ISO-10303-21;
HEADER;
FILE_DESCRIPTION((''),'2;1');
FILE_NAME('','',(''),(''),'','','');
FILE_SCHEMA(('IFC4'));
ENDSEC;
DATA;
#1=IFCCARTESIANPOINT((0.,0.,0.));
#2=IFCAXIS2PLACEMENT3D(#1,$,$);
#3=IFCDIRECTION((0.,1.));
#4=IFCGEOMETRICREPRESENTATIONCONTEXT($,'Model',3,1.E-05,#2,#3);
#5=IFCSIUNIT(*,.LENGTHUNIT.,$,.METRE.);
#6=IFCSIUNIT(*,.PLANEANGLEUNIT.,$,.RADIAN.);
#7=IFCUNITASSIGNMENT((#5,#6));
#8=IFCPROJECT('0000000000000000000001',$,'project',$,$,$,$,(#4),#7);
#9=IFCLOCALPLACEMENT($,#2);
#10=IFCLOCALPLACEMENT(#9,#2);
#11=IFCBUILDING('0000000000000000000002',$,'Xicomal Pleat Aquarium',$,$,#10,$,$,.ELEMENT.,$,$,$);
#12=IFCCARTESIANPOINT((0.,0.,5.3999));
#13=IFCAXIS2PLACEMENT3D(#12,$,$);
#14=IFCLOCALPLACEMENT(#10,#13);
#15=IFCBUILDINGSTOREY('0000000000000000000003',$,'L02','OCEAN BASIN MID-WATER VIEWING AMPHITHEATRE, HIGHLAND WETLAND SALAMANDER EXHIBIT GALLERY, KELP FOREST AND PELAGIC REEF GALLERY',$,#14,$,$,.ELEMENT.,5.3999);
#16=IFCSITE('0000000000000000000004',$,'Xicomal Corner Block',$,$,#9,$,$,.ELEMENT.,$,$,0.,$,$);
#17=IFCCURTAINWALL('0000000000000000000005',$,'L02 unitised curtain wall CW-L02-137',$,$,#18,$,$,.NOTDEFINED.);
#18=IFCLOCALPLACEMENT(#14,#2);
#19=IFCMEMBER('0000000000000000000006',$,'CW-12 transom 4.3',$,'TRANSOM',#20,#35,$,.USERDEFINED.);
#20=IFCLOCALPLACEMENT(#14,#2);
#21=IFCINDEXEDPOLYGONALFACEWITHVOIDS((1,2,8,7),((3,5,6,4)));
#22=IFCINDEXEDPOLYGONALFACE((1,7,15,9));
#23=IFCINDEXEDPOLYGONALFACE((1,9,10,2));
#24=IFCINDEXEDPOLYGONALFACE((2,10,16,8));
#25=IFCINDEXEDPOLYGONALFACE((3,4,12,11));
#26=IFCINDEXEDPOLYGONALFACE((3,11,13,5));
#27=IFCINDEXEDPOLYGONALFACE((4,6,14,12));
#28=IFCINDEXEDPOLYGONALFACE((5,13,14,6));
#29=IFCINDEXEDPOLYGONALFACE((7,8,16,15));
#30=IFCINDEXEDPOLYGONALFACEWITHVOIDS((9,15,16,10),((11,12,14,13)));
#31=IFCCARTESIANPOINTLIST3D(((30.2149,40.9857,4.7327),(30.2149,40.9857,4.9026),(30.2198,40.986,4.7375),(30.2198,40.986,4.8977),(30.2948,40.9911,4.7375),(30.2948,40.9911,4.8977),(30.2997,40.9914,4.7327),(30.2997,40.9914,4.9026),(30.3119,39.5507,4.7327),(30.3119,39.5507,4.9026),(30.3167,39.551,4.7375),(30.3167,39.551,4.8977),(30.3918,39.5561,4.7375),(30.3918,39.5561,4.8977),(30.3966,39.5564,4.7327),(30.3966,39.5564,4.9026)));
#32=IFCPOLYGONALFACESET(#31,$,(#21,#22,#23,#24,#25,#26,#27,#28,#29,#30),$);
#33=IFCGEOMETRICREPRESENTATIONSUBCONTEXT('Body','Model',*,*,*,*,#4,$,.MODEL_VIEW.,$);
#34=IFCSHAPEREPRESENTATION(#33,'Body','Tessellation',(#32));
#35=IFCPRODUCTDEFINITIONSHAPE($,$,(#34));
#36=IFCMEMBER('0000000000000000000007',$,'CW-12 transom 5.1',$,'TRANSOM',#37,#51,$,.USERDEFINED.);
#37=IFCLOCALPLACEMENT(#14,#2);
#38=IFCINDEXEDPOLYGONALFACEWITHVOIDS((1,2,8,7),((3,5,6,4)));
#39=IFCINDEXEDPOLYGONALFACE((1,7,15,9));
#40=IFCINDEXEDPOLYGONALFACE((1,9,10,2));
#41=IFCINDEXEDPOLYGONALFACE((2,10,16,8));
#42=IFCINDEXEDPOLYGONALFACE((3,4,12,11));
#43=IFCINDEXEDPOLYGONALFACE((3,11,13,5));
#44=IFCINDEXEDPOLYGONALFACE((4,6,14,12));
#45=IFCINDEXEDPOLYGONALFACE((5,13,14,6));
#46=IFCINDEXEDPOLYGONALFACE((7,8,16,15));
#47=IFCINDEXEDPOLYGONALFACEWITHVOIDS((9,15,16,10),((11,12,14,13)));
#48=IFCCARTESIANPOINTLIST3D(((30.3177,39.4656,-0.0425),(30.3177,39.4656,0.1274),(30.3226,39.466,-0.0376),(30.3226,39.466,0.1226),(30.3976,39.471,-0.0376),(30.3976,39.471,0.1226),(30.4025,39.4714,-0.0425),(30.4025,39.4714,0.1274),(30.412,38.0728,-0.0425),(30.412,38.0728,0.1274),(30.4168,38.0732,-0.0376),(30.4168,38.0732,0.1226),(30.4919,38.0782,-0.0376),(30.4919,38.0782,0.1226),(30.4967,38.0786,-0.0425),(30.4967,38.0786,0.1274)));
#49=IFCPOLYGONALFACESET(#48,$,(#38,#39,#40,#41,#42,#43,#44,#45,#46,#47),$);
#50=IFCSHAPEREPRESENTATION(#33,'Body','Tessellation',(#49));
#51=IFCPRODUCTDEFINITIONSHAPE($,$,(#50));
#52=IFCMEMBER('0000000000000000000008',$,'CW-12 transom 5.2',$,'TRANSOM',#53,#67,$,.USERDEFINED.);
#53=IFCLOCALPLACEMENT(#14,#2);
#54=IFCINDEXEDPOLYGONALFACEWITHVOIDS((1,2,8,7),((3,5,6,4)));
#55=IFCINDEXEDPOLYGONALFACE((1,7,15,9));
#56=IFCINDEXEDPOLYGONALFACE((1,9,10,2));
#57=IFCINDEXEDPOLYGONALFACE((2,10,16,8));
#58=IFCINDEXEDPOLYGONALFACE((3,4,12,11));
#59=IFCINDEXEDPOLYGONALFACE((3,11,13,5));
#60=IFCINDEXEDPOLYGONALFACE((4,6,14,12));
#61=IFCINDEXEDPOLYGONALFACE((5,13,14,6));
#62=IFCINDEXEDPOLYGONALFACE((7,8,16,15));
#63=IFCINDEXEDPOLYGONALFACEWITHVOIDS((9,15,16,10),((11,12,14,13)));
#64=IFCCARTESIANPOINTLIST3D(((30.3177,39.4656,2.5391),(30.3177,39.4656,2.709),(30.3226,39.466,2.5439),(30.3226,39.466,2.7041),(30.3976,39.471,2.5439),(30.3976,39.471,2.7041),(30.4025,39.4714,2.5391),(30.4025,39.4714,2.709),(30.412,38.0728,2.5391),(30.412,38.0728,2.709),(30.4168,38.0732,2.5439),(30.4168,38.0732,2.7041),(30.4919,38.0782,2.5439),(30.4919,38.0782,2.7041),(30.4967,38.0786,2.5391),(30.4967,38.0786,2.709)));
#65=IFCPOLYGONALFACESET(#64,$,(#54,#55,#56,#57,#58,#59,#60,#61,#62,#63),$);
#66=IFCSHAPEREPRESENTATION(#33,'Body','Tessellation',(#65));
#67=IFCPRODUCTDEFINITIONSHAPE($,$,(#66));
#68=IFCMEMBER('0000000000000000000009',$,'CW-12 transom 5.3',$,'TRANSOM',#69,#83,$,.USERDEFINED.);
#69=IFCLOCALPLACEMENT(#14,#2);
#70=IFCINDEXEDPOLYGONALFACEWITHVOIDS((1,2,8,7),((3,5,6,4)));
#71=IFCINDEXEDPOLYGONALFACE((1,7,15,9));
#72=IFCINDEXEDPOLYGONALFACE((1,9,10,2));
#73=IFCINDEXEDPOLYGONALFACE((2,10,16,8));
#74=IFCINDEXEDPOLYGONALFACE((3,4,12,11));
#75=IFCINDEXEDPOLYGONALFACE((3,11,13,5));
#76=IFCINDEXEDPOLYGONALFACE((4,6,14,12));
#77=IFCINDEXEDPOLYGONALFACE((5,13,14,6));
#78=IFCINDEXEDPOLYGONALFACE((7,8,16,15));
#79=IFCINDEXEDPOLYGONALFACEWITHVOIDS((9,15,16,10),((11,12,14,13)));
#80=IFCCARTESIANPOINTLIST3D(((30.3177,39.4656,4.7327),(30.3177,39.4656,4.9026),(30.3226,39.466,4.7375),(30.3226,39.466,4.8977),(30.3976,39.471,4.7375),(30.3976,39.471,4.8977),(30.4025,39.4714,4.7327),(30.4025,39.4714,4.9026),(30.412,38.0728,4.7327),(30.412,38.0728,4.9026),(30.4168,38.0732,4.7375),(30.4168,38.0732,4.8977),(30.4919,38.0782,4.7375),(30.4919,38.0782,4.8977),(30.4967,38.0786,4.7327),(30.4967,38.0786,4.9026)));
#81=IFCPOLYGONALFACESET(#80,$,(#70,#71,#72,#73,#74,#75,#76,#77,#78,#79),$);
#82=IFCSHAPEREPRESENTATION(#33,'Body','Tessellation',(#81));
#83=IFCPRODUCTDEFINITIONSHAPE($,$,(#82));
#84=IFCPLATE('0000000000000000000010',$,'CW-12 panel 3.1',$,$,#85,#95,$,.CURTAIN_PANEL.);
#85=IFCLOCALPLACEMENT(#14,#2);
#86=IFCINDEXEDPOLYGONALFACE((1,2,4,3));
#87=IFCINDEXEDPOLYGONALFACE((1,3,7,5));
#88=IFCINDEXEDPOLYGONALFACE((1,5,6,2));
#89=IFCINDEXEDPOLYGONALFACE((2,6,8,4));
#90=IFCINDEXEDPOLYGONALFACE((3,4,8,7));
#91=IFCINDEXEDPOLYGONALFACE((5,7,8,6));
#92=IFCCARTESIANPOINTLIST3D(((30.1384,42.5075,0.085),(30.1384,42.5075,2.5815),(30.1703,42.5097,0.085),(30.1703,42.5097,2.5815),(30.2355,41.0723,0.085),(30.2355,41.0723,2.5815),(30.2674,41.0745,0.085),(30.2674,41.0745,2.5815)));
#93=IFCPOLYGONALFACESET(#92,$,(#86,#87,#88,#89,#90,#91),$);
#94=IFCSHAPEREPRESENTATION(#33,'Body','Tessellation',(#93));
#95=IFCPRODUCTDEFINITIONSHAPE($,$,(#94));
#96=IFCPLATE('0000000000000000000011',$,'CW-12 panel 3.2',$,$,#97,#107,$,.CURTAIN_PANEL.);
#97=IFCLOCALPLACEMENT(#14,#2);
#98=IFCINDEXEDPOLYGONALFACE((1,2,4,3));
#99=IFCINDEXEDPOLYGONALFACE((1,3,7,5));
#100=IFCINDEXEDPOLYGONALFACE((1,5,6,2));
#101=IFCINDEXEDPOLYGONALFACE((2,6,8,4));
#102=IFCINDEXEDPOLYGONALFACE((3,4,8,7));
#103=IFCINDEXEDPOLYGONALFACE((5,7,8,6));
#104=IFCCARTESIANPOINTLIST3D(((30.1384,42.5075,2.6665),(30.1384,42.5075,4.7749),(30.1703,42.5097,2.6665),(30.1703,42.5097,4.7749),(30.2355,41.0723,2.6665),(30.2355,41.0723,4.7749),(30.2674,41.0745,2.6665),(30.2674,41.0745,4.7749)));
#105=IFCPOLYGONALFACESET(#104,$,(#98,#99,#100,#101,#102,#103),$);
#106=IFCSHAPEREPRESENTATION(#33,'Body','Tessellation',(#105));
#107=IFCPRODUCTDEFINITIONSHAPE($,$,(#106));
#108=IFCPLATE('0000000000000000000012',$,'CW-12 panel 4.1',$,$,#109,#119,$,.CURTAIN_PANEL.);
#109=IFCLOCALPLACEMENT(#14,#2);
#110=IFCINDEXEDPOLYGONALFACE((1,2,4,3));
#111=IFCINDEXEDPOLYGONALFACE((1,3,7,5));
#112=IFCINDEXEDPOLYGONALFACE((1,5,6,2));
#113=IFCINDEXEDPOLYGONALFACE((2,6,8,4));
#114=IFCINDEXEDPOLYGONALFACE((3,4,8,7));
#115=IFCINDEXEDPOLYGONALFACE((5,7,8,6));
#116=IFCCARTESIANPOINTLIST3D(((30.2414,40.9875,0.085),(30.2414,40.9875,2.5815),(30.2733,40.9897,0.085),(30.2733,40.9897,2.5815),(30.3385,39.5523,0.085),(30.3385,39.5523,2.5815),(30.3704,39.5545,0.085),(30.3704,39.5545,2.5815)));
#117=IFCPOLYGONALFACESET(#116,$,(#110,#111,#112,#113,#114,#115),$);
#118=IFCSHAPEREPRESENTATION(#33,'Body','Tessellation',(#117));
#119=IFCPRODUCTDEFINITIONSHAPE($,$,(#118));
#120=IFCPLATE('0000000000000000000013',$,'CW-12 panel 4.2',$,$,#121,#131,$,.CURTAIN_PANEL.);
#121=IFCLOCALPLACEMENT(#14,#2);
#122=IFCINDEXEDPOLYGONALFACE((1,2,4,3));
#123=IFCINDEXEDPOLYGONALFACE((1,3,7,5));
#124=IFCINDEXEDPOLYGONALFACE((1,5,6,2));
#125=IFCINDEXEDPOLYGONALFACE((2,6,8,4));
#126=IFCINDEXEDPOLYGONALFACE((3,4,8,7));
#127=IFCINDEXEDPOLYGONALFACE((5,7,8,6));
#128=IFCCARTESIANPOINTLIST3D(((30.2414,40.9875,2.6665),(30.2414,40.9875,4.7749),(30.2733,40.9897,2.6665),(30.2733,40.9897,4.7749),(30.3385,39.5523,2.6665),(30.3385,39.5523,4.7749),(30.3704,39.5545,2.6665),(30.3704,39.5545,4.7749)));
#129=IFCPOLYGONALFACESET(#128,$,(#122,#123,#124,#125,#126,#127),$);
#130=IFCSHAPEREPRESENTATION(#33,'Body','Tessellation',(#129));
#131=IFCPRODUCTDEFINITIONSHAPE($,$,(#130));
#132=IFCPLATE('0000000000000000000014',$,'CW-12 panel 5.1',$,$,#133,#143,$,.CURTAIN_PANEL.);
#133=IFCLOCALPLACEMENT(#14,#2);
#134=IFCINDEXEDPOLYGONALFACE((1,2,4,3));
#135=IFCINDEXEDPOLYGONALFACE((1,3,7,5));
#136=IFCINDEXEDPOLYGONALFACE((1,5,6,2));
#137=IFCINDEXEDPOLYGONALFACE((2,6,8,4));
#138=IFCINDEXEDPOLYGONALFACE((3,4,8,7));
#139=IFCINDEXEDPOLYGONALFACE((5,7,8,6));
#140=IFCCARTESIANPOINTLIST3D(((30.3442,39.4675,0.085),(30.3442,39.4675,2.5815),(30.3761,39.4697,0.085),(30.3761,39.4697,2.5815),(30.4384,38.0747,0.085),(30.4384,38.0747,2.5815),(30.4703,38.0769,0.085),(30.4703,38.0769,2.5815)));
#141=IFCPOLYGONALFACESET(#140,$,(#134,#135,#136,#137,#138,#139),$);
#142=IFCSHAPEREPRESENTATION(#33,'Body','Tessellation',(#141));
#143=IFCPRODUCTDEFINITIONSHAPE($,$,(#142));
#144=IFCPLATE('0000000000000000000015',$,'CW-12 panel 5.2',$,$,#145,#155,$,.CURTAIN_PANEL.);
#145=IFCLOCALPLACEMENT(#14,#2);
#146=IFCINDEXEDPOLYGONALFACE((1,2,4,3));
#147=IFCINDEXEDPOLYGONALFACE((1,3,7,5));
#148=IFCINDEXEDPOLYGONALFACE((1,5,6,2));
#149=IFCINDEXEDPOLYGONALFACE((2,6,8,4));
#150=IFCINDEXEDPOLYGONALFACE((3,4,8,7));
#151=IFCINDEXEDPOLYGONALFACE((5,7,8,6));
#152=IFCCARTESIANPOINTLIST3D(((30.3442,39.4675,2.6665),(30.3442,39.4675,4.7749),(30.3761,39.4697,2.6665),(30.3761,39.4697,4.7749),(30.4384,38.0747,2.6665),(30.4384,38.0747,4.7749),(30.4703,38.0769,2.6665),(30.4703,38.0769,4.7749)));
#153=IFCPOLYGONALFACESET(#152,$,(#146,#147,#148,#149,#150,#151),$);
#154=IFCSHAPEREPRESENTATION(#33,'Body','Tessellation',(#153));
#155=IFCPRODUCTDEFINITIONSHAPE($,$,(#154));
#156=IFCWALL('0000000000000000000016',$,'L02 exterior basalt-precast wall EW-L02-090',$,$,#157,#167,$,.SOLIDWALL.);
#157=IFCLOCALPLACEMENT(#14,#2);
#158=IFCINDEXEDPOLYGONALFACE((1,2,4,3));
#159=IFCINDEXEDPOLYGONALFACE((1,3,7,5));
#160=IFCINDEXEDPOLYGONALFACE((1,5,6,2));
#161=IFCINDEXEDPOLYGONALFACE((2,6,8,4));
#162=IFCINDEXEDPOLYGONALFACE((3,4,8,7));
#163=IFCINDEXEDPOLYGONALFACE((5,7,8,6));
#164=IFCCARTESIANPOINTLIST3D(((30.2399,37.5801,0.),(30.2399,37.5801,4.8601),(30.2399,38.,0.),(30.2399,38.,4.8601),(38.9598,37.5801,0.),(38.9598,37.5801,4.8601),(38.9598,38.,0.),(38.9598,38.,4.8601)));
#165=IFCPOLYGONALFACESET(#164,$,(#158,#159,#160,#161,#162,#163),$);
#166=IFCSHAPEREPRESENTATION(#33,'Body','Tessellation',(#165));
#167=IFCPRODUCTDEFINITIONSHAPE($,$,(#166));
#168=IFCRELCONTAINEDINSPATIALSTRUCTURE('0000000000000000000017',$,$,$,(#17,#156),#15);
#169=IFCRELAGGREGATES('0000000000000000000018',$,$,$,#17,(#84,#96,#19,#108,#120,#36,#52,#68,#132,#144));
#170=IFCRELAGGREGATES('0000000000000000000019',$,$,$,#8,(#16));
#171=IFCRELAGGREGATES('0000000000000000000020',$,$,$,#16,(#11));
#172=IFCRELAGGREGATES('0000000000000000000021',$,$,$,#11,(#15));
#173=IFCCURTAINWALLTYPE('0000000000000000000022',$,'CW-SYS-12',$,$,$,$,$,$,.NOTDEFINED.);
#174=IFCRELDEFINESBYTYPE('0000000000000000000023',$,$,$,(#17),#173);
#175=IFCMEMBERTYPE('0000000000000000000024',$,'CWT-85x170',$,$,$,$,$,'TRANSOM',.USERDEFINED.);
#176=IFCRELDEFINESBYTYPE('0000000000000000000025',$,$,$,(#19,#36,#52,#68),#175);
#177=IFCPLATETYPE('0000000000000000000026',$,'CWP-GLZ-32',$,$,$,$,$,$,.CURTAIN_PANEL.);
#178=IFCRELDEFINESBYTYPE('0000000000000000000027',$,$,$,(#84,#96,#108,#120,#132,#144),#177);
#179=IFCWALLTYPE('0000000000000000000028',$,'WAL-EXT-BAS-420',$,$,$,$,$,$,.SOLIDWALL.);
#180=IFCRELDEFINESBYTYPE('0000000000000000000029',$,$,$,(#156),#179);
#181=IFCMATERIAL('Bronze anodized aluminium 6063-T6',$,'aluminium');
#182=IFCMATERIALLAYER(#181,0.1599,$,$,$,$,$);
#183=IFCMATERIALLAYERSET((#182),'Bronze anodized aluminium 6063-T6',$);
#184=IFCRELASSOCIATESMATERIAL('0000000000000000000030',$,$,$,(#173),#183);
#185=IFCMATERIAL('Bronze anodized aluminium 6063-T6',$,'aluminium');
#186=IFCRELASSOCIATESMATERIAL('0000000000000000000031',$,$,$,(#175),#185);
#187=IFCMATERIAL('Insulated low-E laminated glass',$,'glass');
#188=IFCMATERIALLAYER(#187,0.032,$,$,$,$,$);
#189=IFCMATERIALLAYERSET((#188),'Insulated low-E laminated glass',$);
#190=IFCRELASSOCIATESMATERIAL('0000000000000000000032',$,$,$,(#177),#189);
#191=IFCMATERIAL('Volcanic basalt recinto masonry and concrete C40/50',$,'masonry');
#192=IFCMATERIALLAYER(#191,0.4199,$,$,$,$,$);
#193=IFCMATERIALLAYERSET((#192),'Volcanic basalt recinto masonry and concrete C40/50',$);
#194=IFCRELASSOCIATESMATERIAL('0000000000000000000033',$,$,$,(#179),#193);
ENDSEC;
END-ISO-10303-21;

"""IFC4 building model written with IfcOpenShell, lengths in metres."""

from ifc_helpers import new_model, si_unit, direction, frame, frame_2d, origin, origin_2d, place, context, subcontext, project, spatial, rectangle, hollow_rectangle, extrude, material, layer, layer_set, material_profile, profile_set, type_object, element, aggregate, save


model = new_model("IFC4")

# Units and contexts
model_context = context("Model", 3, precision=1e-05, world=origin(), true_north=direction((0.0, 1.0)))
body_context = subcontext(model_context, "Body", "Model", "MODEL_VIEW")
ifc_project = project(units=[si_unit("LENGTHUNIT", "METRE"), si_unit("PLANEANGLEUNIT", "RADIAN")], contexts=[model_context])

# Site, building, storey
site_placement = place(None, origin())
site = spatial("IfcSite", under=ifc_project, at=site_placement, Name="Xicomal Corner Block", CompositionType="ELEMENT", RefElevation=0.0)
building_placement = place(site_placement, origin())
building = spatial("IfcBuilding", under=site, at=building_placement, Name="Xicomal Pleat Aquarium", CompositionType="ELEMENT")
storey_placement = place(building_placement, frame((0.0, 0.0, 5.3999)))
storey = spatial("IfcBuildingStorey", under=building, at=storey_placement, Name="L02", Description="OCEAN BASIN MID-WATER VIEWING AMPHITHEATRE, HIGHLAND WETLAND SALAMANDER EXHIBIT GALLERY, KELP FOREST AND PELAGIC REEF GALLERY", CompositionType="ELEMENT", Elevation=5.3999)

# Curtain wall
ifc_material_1 = material(Name="Bronze anodized aluminium 6063-T6", Category="aluminium")
ifc_layer_1 = layer(ifc_material_1, 0.1599)
ifc_layer_set_1 = layer_set([ifc_layer_1], Name="Bronze anodized aluminium 6063-T6")
curtain_wall_type_1 = type_object("IfcCurtainWallType", Name="CW-SYS-12", PredefinedType="NOTDEFINED", material=ifc_layer_set_1)
curtain_wall_1_placement = place(storey_placement, origin())
curtain_wall_1 = element("IfcCurtainWall", 1, at=curtain_wall_1_placement, inside=storey, type_object=curtain_wall_type_1, Name="L02 unitised curtain wall CW-L02-137", PredefinedType="NOTDEFINED")

# Members
ifc_material_2 = material(Name="Bronze anodized aluminium 6063-T6", Category="aluminium")
ifc_material_profile_1 = material_profile(ifc_material_2, hollow_rectangle(XDim=0.085, YDim=0.1699, WallThickness=0.0049, at=origin_2d()), Name="ALU TRAN 85x170")
ifc_profile_set_1 = profile_set([ifc_material_profile_1], Name="Bronze anodized aluminium 6063-T6")
member_type_1 = type_object("IfcMemberType", Name="CWT-85x170", ElementType="TRANSOM", PredefinedType="USERDEFINED", material=ifc_profile_set_1)
member_1_placement = place(storey_placement, frame((30.2573, 40.9885, 4.8176), z_axis=(0.067386, -0.997727, 0.0), x_axis=(0.997727, 0.067386, 0.0)))
member_1 = element("IfcMember", 2, at=member_1_placement, type_object=member_type_1, Name="CW-12 transom 4.3", ObjectType="TRANSOM", PredefinedType="USERDEFINED", context=body_context, shape_type="SweptSolid", body=[
    extrude(hollow_rectangle(XDim=0.085, YDim=0.1699, WallThickness=0.0049, at=origin_2d()), origin(), (0.0, 0.0, 1.0), 1.4382),
])
member_2_placement = place(storey_placement, frame((30.3601, 39.4685, 0.0425), z_axis=(0.067506, -0.997719, 0.0), x_axis=(0.997719, 0.067506, 0.0)))
member_2 = element("IfcMember", 3, at=member_2_placement, type_object=member_type_1, Name="CW-12 transom 5.1", ObjectType="TRANSOM", PredefinedType="USERDEFINED", context=body_context, shape_type="SweptSolid", body=[
    extrude(hollow_rectangle(XDim=0.085, YDim=0.1699, WallThickness=0.0049, at=origin_2d()), origin(), (0.0, 0.0, 1.0), 1.396),
])
member_3_placement = place(storey_placement, frame((30.3601, 39.4685, 2.624), z_axis=(0.067506, -0.997719, 0.0), x_axis=(0.997719, 0.067506, 0.0)))
member_3 = element("IfcMember", 4, at=member_3_placement, type_object=member_type_1, Name="CW-12 transom 5.2", ObjectType="TRANSOM", PredefinedType="USERDEFINED", context=body_context, shape_type="SweptSolid", body=[
    extrude(hollow_rectangle(XDim=0.085, YDim=0.1699, WallThickness=0.0049, at=origin_2d()), origin(), (0.0, 0.0, 1.0), 1.396),
])
member_4_placement = place(storey_placement, frame((30.3601, 39.4685, 4.8176), z_axis=(0.067506, -0.997719, 0.0), x_axis=(0.997719, 0.067506, 0.0)))
member_4 = element("IfcMember", 5, at=member_4_placement, type_object=member_type_1, Name="CW-12 transom 5.3", ObjectType="TRANSOM", PredefinedType="USERDEFINED", context=body_context, shape_type="SweptSolid", body=[
    extrude(hollow_rectangle(XDim=0.085, YDim=0.1699, WallThickness=0.0049, at=origin_2d()), origin(), (0.0, 0.0, 1.0), 1.396),
])

# Plates
ifc_material_3 = material(Name="Insulated low-E laminated glass", Category="glass")
ifc_layer_2 = layer(ifc_material_3, 0.032)
ifc_layer_set_2 = layer_set([ifc_layer_2], Name="Insulated low-E laminated glass")
plate_type = type_object("IfcPlateType", Name="CWP-GLZ-32", PredefinedType="CURTAIN_PANEL", material=ifc_layer_set_2)
plate_1_placement = place(storey_placement, frame((30.2029, 41.791, 0.085), z_axis=(0.0, 0.0, 1.0), x_axis=(0.067477, -0.997721, 0.0)))
plate_1 = element("IfcPlate", 6, at=plate_1_placement, type_object=plate_type, Name="CW-12 panel 3.1", PredefinedType="CURTAIN_PANEL", context=body_context, shape_type="SweptSolid", body=[
    extrude(rectangle(XDim=1.4385, YDim=0.032, at=origin_2d()), origin(), (0.0, 0.0, 1.0), 2.4966),
])
plate_2_placement = place(storey_placement, frame((30.2029, 41.791, 2.6665), z_axis=(0.0, 0.0, 1.0), x_axis=(0.067477, -0.997721, 0.0)))
plate_2 = element("IfcPlate", 7, at=plate_2_placement, type_object=plate_type, Name="CW-12 panel 3.2", PredefinedType="CURTAIN_PANEL", context=body_context, shape_type="SweptSolid", body=[
    extrude(rectangle(XDim=1.4385, YDim=0.032, at=origin_2d()), origin(), (0.0, 0.0, 1.0), 2.1084),
])
plate_3_placement = place(storey_placement, frame((30.3059, 40.271, 0.085), z_axis=(0.0, 0.0, 1.0), x_axis=(0.067477, -0.997721, 0.0)))
plate_3 = element("IfcPlate", 8, at=plate_3_placement, type_object=plate_type, Name="CW-12 panel 4.1", PredefinedType="CURTAIN_PANEL", context=body_context, shape_type="SweptSolid", body=[
    extrude(rectangle(XDim=1.4385, YDim=0.032, at=origin_2d()), origin(), (0.0, 0.0, 1.0), 2.4966),
])
plate_4_placement = place(storey_placement, frame((30.3059, 40.271, 2.6665), z_axis=(0.0, 0.0, 1.0), x_axis=(0.067477, -0.997721, 0.0)))
plate_4 = element("IfcPlate", 9, at=plate_4_placement, type_object=plate_type, Name="CW-12 panel 4.2", PredefinedType="CURTAIN_PANEL", context=body_context, shape_type="SweptSolid", body=[
    extrude(rectangle(XDim=1.4385, YDim=0.032, at=origin_2d()), origin(), (0.0, 0.0, 1.0), 2.1084),
])
plate_5_placement = place(storey_placement, frame((30.4072, 38.7722, 0.085), z_axis=(0.0, 0.0, 1.0), x_axis=(0.067477, -0.997721, 0.0)))
plate_5 = element("IfcPlate", 10, at=plate_5_placement, type_object=plate_type, Name="CW-12 panel 5.1", PredefinedType="CURTAIN_PANEL", context=body_context, shape_type="SweptSolid", body=[
    extrude(rectangle(XDim=1.396, YDim=0.032, at=origin_2d()), origin(), (0.0, 0.0, 1.0), 2.4966),
])
plate_6_placement = place(storey_placement, frame((30.4072, 38.7722, 2.6665), z_axis=(0.0, 0.0, 1.0), x_axis=(0.067477, -0.997721, 0.0)))
plate_6 = element("IfcPlate", 11, at=plate_6_placement, type_object=plate_type, Name="CW-12 panel 5.2", PredefinedType="CURTAIN_PANEL", context=body_context, shape_type="SweptSolid", body=[
    extrude(rectangle(XDim=1.396, YDim=0.032, at=origin_2d()), origin(), (0.0, 0.0, 1.0), 2.1084),
])
aggregate(curtain_wall_1, [plate_1, plate_2, member_1, plate_3, plate_4, member_2, member_3, member_4, plate_5, plate_6])

# Wall
ifc_material_4 = material(Name="Volcanic basalt recinto masonry and concrete C40/50", Category="masonry")
ifc_layer_3 = layer(ifc_material_4, 0.4199)
ifc_layer_set_3 = layer_set([ifc_layer_3], Name="Volcanic basalt recinto masonry and concrete C40/50")
wall_type = type_object("IfcWallType", Name="WAL-EXT-BAS-420", PredefinedType="SOLIDWALL", material=ifc_layer_set_3)
wall_placement = place(storey_placement, frame((30.24, 37.79, 0.0), z_axis=(0.0, 0.0, 1.0), x_axis=(1.0, 0.0, 0.0)))
element("IfcWall", 12, at=wall_placement, inside=storey, type_object=wall_type, Name="L02 exterior basalt-precast wall EW-L02-090", PredefinedType="SOLIDWALL", context=body_context, shape_type="SweptSolid", body=[
    extrude(rectangle(XDim=8.72, YDim=0.4199, at=frame_2d((4.3599, 0.0))), origin(), (0.0, 0.0, 1.0), 4.8601),
])

save(model, "model.ifc")
